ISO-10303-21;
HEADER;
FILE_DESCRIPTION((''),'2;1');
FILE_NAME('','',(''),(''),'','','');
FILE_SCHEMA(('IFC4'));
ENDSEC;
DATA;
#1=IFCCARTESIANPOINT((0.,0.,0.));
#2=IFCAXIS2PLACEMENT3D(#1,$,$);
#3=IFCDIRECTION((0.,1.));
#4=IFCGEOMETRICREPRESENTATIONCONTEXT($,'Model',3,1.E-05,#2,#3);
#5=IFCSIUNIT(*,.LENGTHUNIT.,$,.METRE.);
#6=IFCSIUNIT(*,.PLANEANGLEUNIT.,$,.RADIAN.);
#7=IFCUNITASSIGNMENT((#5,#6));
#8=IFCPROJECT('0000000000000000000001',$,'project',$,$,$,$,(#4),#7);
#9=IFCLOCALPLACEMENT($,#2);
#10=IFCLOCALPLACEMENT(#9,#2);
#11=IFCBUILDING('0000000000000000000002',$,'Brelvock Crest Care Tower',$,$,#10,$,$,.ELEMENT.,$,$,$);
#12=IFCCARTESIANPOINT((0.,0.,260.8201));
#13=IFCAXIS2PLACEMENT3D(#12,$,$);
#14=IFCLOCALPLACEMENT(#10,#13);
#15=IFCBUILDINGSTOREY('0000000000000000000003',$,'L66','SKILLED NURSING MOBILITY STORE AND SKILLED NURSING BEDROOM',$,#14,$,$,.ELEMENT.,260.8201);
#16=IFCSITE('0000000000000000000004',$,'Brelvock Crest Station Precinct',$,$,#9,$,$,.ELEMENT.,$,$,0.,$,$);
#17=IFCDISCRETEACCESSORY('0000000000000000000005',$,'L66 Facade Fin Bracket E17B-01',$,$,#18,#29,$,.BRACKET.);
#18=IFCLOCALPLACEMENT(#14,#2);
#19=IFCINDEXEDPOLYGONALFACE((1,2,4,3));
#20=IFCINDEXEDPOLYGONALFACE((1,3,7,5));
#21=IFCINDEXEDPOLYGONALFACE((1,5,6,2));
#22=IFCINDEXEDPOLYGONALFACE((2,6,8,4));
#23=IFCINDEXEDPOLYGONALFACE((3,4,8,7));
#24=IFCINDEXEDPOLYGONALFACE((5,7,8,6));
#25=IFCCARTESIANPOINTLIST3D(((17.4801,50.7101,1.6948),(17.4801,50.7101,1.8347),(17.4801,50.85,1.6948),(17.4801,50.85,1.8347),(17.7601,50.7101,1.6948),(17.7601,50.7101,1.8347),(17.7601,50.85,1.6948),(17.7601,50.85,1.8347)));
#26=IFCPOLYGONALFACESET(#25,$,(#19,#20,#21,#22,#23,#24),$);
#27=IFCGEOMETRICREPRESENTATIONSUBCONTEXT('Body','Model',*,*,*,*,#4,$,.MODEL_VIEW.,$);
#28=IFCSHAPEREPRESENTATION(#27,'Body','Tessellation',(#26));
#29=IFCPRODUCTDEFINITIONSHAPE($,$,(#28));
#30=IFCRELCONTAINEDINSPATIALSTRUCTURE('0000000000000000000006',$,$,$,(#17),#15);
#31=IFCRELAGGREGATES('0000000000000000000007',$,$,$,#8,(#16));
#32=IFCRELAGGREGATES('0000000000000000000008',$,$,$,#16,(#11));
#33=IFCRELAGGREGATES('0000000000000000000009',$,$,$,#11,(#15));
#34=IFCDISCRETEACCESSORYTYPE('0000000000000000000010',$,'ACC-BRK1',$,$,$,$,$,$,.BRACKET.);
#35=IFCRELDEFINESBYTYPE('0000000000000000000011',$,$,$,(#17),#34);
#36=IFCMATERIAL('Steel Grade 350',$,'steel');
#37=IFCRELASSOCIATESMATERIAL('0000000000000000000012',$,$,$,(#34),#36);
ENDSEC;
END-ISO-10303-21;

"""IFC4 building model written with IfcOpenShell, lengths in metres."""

from ifc_helpers import new_model, si_unit, direction, frame, origin, origin_2d, place, context, subcontext, project, spatial, rectangle, extrude, source, transform, mapped, material, type_object, element, save


model = new_model("IFC4")

# Units and contexts
model_context = context("Model", 3, precision=1e-05, world=origin(), true_north=direction((0.0, 1.0)))
body_context = subcontext(model_context, "Body", "Model", "MODEL_VIEW")
ifc_project = project(units=[si_unit("LENGTHUNIT", "METRE"), si_unit("PLANEANGLEUNIT", "RADIAN")], contexts=[model_context])

# Site, building, storey
site_placement = place(None, origin())
site = spatial("IfcSite", under=ifc_project, at=site_placement, Name="Brelvock Crest Station Precinct", CompositionType="ELEMENT", RefElevation=0.0)
building_placement = place(site_placement, origin())
building = spatial("IfcBuilding", under=site, at=building_placement, Name="Brelvock Crest Care Tower", CompositionType="ELEMENT")
storey_placement = place(building_placement, frame((0.0, 0.0, 260.8201)))
storey = spatial("IfcBuildingStorey", under=building, at=storey_placement, Name="L66", Description="SKILLED NURSING MOBILITY STORE AND SKILLED NURSING BEDROOM", CompositionType="ELEMENT", Elevation=260.8201)

# Shared definitions
ifc_material_1 = material(Name="Steel Grade 350", Category="steel")

# Discrete accessory
discrete_accessory_type = type_object("IfcDiscreteAccessoryType", Name="ACC-BRK1", PredefinedType="BRACKET", material=ifc_material_1)
shared_shape_1 = source(origin(), body_context, "Body", "SweptSolid", [
    extrude(rectangle(XDim=0.28, YDim=0.1399, at=origin_2d()), origin(), (0.0, 0.0, 1.0), 0.1399),
])
for number, where, z_axis, x_axis, name in (
    (1, (17.6201, 50.78, 1.6948), (0.0, 0.0, 1.0), (-1.0, 0.0, 0.0), "L66 Facade Fin Bracket E17B-01"),
):
    element("IfcDiscreteAccessory", number, at=place(storey_placement, frame(where, z_axis=z_axis, x_axis=x_axis)), inside=storey, type_object=discrete_accessory_type, Name=name, PredefinedType="BRACKET", context=body_context, shape_type="MappedRepresentation", body=[
        mapped(shared_shape_1, transform((0.0, 0.0, 0.0), x_axis=(1.0, 0.0, 0.0), y_axis=(0.0, 1.0, 0.0), z_axis=(0.0, 0.0, 1.0), scale=1.0)),
    ])

save(model, "model.ifc")
